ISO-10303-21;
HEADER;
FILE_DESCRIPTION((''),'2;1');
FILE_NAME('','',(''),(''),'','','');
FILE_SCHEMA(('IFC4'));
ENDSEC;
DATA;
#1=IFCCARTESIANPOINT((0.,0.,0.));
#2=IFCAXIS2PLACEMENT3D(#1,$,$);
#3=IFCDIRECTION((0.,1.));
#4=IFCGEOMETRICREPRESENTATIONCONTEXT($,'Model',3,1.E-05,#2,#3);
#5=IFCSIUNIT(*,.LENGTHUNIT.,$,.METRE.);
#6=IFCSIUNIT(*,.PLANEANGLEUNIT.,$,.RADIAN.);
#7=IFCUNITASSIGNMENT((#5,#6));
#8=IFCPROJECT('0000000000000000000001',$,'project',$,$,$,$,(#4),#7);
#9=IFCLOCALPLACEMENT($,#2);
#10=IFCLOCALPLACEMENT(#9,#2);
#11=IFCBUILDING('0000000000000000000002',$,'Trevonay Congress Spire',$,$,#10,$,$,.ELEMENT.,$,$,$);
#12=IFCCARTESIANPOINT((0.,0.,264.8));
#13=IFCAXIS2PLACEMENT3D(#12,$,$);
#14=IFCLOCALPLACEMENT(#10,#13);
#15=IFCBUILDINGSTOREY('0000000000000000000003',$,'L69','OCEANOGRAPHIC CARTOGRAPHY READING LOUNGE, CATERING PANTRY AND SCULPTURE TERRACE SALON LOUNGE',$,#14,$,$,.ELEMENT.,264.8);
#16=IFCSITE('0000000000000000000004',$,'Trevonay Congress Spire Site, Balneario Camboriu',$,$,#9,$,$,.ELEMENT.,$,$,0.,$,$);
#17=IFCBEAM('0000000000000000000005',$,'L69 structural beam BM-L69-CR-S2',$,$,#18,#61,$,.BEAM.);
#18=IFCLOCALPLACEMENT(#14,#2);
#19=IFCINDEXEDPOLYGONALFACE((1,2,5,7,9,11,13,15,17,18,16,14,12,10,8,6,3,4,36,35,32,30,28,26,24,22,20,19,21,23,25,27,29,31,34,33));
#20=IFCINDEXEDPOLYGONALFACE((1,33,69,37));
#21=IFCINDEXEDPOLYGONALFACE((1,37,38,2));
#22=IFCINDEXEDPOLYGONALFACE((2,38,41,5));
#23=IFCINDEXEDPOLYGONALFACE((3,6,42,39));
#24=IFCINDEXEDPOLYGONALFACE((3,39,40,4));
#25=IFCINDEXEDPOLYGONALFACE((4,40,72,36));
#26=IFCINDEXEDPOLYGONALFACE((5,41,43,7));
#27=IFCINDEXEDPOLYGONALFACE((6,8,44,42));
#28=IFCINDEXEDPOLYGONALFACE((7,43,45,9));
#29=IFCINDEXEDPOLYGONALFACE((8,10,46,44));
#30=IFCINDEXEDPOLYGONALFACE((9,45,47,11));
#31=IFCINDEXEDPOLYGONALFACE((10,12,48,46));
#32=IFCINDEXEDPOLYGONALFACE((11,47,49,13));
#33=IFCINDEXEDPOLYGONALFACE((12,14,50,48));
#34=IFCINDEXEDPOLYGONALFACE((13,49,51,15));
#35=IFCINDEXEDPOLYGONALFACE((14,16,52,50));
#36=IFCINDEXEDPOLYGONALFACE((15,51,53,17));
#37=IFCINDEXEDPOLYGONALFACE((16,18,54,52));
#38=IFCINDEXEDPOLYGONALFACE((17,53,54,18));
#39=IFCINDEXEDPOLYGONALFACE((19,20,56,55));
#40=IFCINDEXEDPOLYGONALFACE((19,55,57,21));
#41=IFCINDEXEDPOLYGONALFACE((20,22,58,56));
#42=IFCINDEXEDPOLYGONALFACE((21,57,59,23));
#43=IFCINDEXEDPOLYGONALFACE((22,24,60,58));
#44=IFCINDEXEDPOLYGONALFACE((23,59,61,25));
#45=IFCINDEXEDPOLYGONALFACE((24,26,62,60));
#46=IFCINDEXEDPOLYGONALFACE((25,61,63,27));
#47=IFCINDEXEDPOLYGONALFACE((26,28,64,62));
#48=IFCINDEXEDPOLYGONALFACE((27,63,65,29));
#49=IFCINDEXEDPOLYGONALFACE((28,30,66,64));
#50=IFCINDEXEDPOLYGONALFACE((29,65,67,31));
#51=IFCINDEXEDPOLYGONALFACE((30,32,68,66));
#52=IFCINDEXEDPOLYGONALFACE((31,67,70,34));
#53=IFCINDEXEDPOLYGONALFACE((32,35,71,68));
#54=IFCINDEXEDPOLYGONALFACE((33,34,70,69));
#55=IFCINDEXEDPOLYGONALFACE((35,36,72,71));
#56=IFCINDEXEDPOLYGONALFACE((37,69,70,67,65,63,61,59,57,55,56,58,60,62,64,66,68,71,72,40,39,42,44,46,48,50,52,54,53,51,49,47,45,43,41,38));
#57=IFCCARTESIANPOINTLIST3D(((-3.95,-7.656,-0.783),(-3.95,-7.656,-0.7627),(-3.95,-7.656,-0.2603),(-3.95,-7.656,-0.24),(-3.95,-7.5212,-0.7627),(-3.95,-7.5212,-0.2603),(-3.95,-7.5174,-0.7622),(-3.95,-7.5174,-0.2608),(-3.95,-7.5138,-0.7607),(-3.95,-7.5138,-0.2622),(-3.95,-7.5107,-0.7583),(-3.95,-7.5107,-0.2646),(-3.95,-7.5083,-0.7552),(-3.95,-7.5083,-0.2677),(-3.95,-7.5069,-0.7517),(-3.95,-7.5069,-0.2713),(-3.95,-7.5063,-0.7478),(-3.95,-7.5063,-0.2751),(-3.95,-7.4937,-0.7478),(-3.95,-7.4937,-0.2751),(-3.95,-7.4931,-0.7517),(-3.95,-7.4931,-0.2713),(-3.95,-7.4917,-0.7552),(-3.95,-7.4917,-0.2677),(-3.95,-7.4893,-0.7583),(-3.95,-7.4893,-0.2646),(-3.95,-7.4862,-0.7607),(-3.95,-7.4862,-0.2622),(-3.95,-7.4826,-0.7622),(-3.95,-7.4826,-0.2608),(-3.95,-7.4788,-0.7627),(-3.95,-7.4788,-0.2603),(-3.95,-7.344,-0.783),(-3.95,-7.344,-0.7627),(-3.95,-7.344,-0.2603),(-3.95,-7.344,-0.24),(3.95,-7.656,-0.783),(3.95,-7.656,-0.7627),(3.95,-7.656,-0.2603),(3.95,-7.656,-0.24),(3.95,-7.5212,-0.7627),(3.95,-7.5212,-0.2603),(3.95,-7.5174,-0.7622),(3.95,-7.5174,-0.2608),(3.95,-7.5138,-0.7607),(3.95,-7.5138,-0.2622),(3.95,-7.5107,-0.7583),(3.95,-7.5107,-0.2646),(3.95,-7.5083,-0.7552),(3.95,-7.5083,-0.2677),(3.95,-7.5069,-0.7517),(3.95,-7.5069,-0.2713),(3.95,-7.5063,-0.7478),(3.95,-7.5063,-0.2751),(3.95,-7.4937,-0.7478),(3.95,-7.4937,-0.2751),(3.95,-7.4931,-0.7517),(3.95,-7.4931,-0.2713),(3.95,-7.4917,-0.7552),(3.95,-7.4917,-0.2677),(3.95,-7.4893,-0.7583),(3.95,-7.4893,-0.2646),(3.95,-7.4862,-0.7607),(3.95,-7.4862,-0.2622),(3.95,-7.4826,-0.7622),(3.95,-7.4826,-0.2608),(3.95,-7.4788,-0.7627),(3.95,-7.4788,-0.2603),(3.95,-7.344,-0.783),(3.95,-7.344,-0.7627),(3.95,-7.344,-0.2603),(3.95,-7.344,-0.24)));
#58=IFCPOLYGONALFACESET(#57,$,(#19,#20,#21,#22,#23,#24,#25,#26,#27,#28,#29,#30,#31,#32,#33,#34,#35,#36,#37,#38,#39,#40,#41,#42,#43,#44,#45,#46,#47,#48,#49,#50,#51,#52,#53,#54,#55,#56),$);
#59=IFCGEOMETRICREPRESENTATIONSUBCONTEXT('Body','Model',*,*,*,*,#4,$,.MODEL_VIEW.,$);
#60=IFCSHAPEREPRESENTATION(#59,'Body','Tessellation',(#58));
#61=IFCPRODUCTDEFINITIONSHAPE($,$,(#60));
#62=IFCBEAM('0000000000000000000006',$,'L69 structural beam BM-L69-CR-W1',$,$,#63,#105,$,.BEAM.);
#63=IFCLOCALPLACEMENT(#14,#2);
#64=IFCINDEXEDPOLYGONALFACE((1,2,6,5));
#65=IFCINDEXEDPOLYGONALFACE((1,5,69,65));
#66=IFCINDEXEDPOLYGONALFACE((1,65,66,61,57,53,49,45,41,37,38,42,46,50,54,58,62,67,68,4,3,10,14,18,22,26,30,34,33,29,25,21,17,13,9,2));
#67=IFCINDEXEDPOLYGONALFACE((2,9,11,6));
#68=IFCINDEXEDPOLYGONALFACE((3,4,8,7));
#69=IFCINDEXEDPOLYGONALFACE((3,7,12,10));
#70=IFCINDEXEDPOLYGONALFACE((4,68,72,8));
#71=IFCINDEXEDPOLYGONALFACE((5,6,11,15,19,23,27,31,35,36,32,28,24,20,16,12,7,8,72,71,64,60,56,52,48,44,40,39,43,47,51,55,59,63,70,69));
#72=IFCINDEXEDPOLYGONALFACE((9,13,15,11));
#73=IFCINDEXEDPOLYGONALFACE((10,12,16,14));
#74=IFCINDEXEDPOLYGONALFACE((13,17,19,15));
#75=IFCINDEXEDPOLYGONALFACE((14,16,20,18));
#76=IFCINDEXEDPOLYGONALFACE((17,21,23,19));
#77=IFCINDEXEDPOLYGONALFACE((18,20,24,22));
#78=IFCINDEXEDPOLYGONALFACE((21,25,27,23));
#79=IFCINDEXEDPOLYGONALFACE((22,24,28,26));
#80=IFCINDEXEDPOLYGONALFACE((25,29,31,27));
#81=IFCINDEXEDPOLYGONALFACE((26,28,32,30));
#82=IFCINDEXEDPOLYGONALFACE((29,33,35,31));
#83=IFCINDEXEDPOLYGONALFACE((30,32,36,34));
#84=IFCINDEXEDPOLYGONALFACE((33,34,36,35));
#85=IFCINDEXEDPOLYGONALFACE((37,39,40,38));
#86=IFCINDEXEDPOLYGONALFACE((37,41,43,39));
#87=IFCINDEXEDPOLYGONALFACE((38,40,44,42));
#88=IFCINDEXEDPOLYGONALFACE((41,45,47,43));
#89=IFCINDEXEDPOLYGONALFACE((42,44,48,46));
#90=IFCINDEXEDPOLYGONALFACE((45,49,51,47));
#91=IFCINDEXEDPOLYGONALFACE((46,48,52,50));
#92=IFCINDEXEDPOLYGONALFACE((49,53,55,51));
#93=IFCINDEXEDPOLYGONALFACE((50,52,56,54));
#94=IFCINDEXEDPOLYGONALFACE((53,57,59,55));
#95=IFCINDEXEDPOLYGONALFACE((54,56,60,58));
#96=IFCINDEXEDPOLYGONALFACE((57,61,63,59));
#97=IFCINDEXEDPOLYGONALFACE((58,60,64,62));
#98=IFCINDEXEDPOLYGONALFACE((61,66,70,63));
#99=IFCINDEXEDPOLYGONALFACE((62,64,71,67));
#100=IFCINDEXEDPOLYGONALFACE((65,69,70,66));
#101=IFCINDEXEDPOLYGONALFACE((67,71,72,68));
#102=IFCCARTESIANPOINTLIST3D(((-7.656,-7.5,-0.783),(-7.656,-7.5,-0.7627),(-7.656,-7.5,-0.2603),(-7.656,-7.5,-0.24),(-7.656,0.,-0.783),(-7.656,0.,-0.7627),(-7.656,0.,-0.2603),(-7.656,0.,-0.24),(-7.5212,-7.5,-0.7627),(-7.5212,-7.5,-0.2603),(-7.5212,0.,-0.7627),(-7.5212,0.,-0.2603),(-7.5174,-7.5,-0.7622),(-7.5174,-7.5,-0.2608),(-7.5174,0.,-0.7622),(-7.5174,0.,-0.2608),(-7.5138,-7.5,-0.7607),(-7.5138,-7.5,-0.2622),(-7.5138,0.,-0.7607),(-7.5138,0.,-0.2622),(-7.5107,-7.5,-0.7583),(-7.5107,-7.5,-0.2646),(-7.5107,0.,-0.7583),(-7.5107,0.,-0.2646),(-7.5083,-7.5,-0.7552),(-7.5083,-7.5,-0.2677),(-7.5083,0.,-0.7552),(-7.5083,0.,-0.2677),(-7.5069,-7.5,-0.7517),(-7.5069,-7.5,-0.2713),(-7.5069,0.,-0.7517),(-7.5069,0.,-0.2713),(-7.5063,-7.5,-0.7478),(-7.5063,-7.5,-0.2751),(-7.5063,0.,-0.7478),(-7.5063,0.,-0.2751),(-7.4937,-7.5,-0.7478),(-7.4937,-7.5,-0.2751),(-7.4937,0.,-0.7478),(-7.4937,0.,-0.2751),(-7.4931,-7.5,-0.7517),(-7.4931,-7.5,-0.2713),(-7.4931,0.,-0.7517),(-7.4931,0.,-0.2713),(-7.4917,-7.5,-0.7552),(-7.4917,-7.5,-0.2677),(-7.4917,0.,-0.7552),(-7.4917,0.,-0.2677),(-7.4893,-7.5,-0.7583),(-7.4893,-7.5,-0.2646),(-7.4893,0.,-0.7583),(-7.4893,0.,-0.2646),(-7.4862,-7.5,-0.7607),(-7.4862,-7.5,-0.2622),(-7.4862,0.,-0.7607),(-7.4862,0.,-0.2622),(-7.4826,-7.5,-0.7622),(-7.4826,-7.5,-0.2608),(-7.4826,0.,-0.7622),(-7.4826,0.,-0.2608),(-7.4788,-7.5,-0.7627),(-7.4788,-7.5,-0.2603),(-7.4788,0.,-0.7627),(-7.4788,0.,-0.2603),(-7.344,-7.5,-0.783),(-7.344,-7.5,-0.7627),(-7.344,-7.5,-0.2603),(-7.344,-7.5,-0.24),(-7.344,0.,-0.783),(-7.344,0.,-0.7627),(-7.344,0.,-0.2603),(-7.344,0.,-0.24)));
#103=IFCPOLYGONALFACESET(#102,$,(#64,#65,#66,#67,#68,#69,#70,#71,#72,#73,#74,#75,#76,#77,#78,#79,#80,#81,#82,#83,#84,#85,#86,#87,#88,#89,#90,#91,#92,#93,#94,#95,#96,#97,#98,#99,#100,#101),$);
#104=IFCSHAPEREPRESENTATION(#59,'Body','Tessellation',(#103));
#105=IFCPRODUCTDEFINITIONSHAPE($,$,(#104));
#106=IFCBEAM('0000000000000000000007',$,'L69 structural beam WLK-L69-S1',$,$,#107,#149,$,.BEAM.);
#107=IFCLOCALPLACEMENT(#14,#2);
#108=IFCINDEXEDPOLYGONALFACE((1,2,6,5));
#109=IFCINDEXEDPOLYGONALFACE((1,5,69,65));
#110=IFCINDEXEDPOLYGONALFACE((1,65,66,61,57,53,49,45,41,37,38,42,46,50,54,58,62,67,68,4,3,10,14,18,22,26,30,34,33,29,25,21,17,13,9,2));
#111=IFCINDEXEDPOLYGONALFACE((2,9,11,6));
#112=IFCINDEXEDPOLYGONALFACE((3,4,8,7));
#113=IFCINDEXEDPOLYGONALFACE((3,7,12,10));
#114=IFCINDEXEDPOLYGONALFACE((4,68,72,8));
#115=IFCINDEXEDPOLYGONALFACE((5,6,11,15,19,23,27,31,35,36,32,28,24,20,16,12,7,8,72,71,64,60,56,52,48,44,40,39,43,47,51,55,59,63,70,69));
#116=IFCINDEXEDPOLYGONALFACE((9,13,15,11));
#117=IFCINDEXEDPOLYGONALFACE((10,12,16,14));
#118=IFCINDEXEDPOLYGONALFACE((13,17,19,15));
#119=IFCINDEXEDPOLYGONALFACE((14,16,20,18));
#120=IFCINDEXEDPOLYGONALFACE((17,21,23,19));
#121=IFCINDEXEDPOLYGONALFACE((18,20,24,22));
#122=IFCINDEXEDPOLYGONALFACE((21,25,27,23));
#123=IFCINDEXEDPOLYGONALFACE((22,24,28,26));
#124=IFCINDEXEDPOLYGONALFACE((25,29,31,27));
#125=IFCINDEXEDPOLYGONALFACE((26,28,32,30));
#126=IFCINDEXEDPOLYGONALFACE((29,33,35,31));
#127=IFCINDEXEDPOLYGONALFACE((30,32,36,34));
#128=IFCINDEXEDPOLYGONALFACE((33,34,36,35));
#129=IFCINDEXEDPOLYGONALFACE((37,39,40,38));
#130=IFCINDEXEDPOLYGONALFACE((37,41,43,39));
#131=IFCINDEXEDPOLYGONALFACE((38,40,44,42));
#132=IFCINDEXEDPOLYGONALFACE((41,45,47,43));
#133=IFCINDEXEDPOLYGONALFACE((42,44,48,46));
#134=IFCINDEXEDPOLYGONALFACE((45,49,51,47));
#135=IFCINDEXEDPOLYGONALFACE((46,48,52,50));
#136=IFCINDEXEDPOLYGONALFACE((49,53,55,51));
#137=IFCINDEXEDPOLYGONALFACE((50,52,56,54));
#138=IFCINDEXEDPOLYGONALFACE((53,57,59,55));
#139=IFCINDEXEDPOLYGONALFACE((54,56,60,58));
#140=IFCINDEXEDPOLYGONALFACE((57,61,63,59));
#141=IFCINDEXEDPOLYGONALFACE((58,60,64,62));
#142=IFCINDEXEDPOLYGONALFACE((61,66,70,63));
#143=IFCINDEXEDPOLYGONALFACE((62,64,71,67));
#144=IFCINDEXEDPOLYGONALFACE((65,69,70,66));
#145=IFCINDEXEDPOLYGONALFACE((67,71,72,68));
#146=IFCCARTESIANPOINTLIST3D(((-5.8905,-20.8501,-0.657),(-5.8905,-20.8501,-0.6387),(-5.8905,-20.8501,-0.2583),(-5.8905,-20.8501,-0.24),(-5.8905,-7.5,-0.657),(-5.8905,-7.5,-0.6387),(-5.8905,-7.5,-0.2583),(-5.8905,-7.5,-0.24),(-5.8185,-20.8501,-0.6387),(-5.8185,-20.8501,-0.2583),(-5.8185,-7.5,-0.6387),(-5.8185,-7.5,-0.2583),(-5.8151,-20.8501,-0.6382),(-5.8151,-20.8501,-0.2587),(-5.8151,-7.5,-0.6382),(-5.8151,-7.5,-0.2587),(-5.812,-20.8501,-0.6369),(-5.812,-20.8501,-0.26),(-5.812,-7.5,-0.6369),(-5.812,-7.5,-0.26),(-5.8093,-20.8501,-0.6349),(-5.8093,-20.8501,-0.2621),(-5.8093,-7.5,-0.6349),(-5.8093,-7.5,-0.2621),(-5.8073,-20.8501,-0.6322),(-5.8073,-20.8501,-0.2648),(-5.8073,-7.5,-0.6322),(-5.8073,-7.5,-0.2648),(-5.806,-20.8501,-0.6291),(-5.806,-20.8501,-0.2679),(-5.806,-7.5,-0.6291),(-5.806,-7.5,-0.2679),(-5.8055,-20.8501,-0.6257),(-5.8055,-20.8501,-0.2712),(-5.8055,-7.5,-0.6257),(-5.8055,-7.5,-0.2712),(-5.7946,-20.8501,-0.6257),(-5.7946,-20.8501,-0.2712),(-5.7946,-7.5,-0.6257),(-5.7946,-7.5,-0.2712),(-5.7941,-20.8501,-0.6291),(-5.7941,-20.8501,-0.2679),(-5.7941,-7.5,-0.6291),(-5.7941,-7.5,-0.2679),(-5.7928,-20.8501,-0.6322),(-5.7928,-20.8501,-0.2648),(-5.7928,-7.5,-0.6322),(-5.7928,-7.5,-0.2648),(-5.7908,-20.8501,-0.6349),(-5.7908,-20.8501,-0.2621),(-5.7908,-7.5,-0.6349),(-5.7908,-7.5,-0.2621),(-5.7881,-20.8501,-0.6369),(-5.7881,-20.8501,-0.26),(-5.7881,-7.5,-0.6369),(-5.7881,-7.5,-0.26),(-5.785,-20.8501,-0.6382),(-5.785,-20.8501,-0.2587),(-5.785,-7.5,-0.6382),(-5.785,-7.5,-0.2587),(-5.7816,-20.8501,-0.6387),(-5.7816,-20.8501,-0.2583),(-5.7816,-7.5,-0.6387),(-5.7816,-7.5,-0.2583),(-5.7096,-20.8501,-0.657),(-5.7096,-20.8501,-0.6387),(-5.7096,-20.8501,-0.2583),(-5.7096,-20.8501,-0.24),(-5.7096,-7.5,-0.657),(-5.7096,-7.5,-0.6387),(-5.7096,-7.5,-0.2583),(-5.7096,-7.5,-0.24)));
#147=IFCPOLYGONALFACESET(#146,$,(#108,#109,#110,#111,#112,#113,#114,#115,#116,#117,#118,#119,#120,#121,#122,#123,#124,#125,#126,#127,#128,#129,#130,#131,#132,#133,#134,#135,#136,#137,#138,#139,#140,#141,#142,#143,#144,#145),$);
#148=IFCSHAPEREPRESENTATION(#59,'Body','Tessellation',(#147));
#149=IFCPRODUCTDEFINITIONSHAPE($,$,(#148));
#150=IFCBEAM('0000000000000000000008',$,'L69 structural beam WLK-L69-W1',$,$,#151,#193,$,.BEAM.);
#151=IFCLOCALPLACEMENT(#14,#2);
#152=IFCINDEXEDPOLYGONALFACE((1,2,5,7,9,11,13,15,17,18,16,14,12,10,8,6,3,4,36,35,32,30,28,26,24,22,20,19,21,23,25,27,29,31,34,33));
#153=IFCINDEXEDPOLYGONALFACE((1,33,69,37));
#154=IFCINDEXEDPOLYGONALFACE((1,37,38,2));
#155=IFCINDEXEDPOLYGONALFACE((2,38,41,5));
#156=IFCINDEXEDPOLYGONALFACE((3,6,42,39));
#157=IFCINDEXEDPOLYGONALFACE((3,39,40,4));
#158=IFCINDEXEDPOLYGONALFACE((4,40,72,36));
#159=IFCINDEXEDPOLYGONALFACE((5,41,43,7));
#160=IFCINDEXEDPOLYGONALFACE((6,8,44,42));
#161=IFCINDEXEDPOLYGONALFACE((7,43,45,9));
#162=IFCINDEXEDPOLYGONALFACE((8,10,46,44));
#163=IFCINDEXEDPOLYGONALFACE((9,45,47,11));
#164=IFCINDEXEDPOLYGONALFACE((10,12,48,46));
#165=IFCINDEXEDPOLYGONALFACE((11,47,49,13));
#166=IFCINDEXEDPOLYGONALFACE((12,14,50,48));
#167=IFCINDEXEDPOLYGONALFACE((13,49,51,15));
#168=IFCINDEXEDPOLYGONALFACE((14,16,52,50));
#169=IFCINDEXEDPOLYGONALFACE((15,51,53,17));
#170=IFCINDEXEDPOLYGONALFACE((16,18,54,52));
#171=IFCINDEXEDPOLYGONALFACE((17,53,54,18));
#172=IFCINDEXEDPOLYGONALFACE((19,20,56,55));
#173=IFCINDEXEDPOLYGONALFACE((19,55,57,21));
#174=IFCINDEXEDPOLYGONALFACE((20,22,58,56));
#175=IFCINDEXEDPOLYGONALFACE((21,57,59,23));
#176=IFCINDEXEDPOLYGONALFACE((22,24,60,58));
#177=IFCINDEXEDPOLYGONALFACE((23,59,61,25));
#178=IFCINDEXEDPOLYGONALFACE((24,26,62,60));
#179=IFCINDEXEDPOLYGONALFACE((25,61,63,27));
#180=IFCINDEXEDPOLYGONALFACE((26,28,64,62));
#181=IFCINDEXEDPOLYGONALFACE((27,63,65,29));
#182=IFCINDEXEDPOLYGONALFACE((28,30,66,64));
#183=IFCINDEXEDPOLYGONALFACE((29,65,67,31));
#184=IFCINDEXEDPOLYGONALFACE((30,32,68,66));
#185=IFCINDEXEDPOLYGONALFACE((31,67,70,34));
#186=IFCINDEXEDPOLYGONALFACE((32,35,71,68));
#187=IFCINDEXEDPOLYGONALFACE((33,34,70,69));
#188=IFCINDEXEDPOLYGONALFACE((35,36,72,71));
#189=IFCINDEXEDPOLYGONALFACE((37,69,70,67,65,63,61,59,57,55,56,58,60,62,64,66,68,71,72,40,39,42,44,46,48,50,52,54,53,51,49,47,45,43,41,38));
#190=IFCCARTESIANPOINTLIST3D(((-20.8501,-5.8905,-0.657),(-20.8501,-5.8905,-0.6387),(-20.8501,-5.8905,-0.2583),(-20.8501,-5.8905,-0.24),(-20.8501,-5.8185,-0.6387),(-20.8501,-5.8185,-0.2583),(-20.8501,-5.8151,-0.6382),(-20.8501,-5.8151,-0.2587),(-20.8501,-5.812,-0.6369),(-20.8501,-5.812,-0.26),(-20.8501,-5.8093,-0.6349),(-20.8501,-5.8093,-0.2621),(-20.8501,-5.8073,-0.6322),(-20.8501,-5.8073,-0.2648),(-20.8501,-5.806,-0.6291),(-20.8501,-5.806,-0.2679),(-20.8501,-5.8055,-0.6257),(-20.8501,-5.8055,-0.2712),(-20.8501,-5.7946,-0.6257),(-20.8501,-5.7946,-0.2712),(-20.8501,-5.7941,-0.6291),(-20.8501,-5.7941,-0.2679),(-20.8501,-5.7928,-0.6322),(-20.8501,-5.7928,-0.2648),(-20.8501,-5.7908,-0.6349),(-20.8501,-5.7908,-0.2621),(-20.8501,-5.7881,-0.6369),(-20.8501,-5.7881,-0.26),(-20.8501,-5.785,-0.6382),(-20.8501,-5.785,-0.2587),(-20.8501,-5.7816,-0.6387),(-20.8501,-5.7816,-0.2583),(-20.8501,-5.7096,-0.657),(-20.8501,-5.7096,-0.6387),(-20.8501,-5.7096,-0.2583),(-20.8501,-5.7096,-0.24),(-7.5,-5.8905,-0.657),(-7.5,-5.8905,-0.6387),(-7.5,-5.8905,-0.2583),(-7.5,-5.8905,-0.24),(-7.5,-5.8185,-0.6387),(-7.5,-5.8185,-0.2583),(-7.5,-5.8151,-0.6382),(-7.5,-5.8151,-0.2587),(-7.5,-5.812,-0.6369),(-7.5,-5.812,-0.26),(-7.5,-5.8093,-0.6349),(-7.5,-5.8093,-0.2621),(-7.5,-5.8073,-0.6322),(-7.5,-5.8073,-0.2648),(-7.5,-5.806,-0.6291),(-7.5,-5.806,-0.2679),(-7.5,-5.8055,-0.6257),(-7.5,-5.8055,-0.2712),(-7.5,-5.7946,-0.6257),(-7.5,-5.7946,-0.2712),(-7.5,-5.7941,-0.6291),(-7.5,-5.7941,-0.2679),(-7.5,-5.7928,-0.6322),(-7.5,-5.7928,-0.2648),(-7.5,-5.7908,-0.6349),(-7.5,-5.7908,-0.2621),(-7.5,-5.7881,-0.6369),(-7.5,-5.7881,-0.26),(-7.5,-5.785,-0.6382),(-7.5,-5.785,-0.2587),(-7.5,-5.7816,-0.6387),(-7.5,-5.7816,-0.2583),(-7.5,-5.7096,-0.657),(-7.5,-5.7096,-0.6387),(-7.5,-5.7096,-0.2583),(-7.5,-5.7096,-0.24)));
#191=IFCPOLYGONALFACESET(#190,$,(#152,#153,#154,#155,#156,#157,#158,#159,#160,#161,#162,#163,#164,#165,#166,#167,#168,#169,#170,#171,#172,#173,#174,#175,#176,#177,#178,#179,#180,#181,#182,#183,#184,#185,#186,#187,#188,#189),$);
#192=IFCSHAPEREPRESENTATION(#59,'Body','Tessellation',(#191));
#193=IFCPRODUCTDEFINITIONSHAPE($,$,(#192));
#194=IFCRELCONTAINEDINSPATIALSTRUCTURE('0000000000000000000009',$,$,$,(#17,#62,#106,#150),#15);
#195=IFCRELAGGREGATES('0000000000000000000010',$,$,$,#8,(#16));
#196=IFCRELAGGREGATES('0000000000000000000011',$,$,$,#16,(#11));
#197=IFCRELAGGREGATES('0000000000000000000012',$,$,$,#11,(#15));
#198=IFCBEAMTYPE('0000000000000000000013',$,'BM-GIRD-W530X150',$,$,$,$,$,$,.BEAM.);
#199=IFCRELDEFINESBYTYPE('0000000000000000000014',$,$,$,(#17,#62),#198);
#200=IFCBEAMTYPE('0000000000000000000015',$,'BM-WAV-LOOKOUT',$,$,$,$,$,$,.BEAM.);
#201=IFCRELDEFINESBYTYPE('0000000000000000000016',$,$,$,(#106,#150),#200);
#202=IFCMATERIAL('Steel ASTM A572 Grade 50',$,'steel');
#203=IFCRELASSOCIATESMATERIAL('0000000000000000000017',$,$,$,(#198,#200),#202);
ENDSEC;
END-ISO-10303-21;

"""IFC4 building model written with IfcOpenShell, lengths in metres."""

from ifc_helpers import new_model, si_unit, direction, frame, origin, origin_2d, place, context, subcontext, project, spatial, i_section, extrude, material, material_profile, profile_set, type_object, element, save


model = new_model("IFC4")

# Units and contexts
model_context = context("Model", 3, precision=1e-05, world=origin(), true_north=direction((0.0, 1.0)))
body_context = subcontext(model_context, "Body", "Model", "MODEL_VIEW")
ifc_project = project(units=[si_unit("LENGTHUNIT", "METRE"), si_unit("PLANEANGLEUNIT", "RADIAN")], contexts=[model_context])

# Site, building, storey
site_placement = place(None, origin())
site = spatial("IfcSite", under=ifc_project, at=site_placement, Name="Trevonay Congress Spire Site, Balneario Camboriu", CompositionType="ELEMENT", RefElevation=0.0)
building_placement = place(site_placement, origin())
building = spatial("IfcBuilding", under=site, at=building_placement, Name="Trevonay Congress Spire", CompositionType="ELEMENT")
storey_placement = place(building_placement, frame((0.0, 0.0, 264.8)))
storey = spatial("IfcBuildingStorey", under=building, at=storey_placement, Name="L69", Description="OCEANOGRAPHIC CARTOGRAPHY READING LOUNGE, CATERING PANTRY AND SCULPTURE TERRACE SALON LOUNGE", CompositionType="ELEMENT", Elevation=264.8)

# Shared definitions
ifc_material_1 = material(Name="Steel ASTM A572 Grade 50", Category="steel")

# Beams
ifc_material_profile_1 = material_profile(ifc_material_1, i_section(OverallWidth=0.312, OverallDepth=0.543, WebThickness=0.0127, FlangeThickness=0.0203, FilletRadius=0.0149, at=origin_2d()), Name="W530x150")
ifc_profile_set_1 = profile_set([ifc_material_profile_1], Name="Steel ASTM A572 Grade 50")
beam_type_1 = type_object("IfcBeamType", Name="BM-GIRD-W530X150", PredefinedType="BEAM", material=ifc_profile_set_1)
beam_1_placement = place(storey_placement, frame((-3.95, -7.5, -0.5115), z_axis=(1.0, 0.0, 0.0), x_axis=(0.0, 1.0, 0.0)))
element("IfcBeam", 1, at=beam_1_placement, inside=storey, type_object=beam_type_1, Name="L69 structural beam BM-L69-CR-S2", PredefinedType="BEAM", context=body_context, shape_type="SweptSolid", body=[
    extrude(i_section(OverallWidth=0.312, OverallDepth=0.543, WebThickness=0.0127, FlangeThickness=0.0203, FilletRadius=0.0149, at=origin_2d()), origin(), (0.0, 0.0, 1.0), 7.8999),
])
beam_2_placement = place(storey_placement, frame((-7.5, -7.5, -0.5115), z_axis=(0.0, 1.0, 0.0), x_axis=(-1.0, 0.0, 0.0)))
element("IfcBeam", 2, at=beam_2_placement, inside=storey, type_object=beam_type_1, Name="L69 structural beam BM-L69-CR-W1", PredefinedType="BEAM", context=body_context, shape_type="SweptSolid", body=[
    extrude(i_section(OverallWidth=0.312, OverallDepth=0.543, WebThickness=0.0127, FlangeThickness=0.0203, FilletRadius=0.0149, at=origin_2d()), origin(), (0.0, 0.0, 1.0), 7.5),
])
ifc_material_profile_2 = material_profile(ifc_material_1, i_section(OverallWidth=0.1809, OverallDepth=0.417, WebThickness=0.011, FlangeThickness=0.0183, FilletRadius=0.0129, at=origin_2d()), Name="W410x85")
ifc_profile_set_2 = profile_set([ifc_material_profile_2], Name="Steel ASTM A572 Grade 50")
beam_type_2 = type_object("IfcBeamType", Name="BM-WAV-LOOKOUT", PredefinedType="BEAM", material=ifc_profile_set_2)
for number, where, z_axis, x_axis, name in (
    (3, (-5.8, -7.5, -0.4485), (0.0, -1.0, 0.0), (1.0, 0.0, 0.0), "L69 structural beam WLK-L69-S1"),
    (4, (-7.5, -5.8, -0.4485), (-1.0, 0.0, 0.0), (0.0, -1.0, 0.0), "L69 structural beam WLK-L69-W1"),
):
    element("IfcBeam", number, at=place(storey_placement, frame(where, z_axis=z_axis, x_axis=x_axis)), inside=storey, type_object=beam_type_2, Name=name, PredefinedType="BEAM", context=body_context, shape_type="SweptSolid", body=[
        extrude(i_section(OverallWidth=0.1809, OverallDepth=0.417, WebThickness=0.011, FlangeThickness=0.0183, FilletRadius=0.0129, at=origin_2d()), origin(), (0.0, 0.0, 1.0), 13.3501),
    ])

save(model, "model.ifc")
